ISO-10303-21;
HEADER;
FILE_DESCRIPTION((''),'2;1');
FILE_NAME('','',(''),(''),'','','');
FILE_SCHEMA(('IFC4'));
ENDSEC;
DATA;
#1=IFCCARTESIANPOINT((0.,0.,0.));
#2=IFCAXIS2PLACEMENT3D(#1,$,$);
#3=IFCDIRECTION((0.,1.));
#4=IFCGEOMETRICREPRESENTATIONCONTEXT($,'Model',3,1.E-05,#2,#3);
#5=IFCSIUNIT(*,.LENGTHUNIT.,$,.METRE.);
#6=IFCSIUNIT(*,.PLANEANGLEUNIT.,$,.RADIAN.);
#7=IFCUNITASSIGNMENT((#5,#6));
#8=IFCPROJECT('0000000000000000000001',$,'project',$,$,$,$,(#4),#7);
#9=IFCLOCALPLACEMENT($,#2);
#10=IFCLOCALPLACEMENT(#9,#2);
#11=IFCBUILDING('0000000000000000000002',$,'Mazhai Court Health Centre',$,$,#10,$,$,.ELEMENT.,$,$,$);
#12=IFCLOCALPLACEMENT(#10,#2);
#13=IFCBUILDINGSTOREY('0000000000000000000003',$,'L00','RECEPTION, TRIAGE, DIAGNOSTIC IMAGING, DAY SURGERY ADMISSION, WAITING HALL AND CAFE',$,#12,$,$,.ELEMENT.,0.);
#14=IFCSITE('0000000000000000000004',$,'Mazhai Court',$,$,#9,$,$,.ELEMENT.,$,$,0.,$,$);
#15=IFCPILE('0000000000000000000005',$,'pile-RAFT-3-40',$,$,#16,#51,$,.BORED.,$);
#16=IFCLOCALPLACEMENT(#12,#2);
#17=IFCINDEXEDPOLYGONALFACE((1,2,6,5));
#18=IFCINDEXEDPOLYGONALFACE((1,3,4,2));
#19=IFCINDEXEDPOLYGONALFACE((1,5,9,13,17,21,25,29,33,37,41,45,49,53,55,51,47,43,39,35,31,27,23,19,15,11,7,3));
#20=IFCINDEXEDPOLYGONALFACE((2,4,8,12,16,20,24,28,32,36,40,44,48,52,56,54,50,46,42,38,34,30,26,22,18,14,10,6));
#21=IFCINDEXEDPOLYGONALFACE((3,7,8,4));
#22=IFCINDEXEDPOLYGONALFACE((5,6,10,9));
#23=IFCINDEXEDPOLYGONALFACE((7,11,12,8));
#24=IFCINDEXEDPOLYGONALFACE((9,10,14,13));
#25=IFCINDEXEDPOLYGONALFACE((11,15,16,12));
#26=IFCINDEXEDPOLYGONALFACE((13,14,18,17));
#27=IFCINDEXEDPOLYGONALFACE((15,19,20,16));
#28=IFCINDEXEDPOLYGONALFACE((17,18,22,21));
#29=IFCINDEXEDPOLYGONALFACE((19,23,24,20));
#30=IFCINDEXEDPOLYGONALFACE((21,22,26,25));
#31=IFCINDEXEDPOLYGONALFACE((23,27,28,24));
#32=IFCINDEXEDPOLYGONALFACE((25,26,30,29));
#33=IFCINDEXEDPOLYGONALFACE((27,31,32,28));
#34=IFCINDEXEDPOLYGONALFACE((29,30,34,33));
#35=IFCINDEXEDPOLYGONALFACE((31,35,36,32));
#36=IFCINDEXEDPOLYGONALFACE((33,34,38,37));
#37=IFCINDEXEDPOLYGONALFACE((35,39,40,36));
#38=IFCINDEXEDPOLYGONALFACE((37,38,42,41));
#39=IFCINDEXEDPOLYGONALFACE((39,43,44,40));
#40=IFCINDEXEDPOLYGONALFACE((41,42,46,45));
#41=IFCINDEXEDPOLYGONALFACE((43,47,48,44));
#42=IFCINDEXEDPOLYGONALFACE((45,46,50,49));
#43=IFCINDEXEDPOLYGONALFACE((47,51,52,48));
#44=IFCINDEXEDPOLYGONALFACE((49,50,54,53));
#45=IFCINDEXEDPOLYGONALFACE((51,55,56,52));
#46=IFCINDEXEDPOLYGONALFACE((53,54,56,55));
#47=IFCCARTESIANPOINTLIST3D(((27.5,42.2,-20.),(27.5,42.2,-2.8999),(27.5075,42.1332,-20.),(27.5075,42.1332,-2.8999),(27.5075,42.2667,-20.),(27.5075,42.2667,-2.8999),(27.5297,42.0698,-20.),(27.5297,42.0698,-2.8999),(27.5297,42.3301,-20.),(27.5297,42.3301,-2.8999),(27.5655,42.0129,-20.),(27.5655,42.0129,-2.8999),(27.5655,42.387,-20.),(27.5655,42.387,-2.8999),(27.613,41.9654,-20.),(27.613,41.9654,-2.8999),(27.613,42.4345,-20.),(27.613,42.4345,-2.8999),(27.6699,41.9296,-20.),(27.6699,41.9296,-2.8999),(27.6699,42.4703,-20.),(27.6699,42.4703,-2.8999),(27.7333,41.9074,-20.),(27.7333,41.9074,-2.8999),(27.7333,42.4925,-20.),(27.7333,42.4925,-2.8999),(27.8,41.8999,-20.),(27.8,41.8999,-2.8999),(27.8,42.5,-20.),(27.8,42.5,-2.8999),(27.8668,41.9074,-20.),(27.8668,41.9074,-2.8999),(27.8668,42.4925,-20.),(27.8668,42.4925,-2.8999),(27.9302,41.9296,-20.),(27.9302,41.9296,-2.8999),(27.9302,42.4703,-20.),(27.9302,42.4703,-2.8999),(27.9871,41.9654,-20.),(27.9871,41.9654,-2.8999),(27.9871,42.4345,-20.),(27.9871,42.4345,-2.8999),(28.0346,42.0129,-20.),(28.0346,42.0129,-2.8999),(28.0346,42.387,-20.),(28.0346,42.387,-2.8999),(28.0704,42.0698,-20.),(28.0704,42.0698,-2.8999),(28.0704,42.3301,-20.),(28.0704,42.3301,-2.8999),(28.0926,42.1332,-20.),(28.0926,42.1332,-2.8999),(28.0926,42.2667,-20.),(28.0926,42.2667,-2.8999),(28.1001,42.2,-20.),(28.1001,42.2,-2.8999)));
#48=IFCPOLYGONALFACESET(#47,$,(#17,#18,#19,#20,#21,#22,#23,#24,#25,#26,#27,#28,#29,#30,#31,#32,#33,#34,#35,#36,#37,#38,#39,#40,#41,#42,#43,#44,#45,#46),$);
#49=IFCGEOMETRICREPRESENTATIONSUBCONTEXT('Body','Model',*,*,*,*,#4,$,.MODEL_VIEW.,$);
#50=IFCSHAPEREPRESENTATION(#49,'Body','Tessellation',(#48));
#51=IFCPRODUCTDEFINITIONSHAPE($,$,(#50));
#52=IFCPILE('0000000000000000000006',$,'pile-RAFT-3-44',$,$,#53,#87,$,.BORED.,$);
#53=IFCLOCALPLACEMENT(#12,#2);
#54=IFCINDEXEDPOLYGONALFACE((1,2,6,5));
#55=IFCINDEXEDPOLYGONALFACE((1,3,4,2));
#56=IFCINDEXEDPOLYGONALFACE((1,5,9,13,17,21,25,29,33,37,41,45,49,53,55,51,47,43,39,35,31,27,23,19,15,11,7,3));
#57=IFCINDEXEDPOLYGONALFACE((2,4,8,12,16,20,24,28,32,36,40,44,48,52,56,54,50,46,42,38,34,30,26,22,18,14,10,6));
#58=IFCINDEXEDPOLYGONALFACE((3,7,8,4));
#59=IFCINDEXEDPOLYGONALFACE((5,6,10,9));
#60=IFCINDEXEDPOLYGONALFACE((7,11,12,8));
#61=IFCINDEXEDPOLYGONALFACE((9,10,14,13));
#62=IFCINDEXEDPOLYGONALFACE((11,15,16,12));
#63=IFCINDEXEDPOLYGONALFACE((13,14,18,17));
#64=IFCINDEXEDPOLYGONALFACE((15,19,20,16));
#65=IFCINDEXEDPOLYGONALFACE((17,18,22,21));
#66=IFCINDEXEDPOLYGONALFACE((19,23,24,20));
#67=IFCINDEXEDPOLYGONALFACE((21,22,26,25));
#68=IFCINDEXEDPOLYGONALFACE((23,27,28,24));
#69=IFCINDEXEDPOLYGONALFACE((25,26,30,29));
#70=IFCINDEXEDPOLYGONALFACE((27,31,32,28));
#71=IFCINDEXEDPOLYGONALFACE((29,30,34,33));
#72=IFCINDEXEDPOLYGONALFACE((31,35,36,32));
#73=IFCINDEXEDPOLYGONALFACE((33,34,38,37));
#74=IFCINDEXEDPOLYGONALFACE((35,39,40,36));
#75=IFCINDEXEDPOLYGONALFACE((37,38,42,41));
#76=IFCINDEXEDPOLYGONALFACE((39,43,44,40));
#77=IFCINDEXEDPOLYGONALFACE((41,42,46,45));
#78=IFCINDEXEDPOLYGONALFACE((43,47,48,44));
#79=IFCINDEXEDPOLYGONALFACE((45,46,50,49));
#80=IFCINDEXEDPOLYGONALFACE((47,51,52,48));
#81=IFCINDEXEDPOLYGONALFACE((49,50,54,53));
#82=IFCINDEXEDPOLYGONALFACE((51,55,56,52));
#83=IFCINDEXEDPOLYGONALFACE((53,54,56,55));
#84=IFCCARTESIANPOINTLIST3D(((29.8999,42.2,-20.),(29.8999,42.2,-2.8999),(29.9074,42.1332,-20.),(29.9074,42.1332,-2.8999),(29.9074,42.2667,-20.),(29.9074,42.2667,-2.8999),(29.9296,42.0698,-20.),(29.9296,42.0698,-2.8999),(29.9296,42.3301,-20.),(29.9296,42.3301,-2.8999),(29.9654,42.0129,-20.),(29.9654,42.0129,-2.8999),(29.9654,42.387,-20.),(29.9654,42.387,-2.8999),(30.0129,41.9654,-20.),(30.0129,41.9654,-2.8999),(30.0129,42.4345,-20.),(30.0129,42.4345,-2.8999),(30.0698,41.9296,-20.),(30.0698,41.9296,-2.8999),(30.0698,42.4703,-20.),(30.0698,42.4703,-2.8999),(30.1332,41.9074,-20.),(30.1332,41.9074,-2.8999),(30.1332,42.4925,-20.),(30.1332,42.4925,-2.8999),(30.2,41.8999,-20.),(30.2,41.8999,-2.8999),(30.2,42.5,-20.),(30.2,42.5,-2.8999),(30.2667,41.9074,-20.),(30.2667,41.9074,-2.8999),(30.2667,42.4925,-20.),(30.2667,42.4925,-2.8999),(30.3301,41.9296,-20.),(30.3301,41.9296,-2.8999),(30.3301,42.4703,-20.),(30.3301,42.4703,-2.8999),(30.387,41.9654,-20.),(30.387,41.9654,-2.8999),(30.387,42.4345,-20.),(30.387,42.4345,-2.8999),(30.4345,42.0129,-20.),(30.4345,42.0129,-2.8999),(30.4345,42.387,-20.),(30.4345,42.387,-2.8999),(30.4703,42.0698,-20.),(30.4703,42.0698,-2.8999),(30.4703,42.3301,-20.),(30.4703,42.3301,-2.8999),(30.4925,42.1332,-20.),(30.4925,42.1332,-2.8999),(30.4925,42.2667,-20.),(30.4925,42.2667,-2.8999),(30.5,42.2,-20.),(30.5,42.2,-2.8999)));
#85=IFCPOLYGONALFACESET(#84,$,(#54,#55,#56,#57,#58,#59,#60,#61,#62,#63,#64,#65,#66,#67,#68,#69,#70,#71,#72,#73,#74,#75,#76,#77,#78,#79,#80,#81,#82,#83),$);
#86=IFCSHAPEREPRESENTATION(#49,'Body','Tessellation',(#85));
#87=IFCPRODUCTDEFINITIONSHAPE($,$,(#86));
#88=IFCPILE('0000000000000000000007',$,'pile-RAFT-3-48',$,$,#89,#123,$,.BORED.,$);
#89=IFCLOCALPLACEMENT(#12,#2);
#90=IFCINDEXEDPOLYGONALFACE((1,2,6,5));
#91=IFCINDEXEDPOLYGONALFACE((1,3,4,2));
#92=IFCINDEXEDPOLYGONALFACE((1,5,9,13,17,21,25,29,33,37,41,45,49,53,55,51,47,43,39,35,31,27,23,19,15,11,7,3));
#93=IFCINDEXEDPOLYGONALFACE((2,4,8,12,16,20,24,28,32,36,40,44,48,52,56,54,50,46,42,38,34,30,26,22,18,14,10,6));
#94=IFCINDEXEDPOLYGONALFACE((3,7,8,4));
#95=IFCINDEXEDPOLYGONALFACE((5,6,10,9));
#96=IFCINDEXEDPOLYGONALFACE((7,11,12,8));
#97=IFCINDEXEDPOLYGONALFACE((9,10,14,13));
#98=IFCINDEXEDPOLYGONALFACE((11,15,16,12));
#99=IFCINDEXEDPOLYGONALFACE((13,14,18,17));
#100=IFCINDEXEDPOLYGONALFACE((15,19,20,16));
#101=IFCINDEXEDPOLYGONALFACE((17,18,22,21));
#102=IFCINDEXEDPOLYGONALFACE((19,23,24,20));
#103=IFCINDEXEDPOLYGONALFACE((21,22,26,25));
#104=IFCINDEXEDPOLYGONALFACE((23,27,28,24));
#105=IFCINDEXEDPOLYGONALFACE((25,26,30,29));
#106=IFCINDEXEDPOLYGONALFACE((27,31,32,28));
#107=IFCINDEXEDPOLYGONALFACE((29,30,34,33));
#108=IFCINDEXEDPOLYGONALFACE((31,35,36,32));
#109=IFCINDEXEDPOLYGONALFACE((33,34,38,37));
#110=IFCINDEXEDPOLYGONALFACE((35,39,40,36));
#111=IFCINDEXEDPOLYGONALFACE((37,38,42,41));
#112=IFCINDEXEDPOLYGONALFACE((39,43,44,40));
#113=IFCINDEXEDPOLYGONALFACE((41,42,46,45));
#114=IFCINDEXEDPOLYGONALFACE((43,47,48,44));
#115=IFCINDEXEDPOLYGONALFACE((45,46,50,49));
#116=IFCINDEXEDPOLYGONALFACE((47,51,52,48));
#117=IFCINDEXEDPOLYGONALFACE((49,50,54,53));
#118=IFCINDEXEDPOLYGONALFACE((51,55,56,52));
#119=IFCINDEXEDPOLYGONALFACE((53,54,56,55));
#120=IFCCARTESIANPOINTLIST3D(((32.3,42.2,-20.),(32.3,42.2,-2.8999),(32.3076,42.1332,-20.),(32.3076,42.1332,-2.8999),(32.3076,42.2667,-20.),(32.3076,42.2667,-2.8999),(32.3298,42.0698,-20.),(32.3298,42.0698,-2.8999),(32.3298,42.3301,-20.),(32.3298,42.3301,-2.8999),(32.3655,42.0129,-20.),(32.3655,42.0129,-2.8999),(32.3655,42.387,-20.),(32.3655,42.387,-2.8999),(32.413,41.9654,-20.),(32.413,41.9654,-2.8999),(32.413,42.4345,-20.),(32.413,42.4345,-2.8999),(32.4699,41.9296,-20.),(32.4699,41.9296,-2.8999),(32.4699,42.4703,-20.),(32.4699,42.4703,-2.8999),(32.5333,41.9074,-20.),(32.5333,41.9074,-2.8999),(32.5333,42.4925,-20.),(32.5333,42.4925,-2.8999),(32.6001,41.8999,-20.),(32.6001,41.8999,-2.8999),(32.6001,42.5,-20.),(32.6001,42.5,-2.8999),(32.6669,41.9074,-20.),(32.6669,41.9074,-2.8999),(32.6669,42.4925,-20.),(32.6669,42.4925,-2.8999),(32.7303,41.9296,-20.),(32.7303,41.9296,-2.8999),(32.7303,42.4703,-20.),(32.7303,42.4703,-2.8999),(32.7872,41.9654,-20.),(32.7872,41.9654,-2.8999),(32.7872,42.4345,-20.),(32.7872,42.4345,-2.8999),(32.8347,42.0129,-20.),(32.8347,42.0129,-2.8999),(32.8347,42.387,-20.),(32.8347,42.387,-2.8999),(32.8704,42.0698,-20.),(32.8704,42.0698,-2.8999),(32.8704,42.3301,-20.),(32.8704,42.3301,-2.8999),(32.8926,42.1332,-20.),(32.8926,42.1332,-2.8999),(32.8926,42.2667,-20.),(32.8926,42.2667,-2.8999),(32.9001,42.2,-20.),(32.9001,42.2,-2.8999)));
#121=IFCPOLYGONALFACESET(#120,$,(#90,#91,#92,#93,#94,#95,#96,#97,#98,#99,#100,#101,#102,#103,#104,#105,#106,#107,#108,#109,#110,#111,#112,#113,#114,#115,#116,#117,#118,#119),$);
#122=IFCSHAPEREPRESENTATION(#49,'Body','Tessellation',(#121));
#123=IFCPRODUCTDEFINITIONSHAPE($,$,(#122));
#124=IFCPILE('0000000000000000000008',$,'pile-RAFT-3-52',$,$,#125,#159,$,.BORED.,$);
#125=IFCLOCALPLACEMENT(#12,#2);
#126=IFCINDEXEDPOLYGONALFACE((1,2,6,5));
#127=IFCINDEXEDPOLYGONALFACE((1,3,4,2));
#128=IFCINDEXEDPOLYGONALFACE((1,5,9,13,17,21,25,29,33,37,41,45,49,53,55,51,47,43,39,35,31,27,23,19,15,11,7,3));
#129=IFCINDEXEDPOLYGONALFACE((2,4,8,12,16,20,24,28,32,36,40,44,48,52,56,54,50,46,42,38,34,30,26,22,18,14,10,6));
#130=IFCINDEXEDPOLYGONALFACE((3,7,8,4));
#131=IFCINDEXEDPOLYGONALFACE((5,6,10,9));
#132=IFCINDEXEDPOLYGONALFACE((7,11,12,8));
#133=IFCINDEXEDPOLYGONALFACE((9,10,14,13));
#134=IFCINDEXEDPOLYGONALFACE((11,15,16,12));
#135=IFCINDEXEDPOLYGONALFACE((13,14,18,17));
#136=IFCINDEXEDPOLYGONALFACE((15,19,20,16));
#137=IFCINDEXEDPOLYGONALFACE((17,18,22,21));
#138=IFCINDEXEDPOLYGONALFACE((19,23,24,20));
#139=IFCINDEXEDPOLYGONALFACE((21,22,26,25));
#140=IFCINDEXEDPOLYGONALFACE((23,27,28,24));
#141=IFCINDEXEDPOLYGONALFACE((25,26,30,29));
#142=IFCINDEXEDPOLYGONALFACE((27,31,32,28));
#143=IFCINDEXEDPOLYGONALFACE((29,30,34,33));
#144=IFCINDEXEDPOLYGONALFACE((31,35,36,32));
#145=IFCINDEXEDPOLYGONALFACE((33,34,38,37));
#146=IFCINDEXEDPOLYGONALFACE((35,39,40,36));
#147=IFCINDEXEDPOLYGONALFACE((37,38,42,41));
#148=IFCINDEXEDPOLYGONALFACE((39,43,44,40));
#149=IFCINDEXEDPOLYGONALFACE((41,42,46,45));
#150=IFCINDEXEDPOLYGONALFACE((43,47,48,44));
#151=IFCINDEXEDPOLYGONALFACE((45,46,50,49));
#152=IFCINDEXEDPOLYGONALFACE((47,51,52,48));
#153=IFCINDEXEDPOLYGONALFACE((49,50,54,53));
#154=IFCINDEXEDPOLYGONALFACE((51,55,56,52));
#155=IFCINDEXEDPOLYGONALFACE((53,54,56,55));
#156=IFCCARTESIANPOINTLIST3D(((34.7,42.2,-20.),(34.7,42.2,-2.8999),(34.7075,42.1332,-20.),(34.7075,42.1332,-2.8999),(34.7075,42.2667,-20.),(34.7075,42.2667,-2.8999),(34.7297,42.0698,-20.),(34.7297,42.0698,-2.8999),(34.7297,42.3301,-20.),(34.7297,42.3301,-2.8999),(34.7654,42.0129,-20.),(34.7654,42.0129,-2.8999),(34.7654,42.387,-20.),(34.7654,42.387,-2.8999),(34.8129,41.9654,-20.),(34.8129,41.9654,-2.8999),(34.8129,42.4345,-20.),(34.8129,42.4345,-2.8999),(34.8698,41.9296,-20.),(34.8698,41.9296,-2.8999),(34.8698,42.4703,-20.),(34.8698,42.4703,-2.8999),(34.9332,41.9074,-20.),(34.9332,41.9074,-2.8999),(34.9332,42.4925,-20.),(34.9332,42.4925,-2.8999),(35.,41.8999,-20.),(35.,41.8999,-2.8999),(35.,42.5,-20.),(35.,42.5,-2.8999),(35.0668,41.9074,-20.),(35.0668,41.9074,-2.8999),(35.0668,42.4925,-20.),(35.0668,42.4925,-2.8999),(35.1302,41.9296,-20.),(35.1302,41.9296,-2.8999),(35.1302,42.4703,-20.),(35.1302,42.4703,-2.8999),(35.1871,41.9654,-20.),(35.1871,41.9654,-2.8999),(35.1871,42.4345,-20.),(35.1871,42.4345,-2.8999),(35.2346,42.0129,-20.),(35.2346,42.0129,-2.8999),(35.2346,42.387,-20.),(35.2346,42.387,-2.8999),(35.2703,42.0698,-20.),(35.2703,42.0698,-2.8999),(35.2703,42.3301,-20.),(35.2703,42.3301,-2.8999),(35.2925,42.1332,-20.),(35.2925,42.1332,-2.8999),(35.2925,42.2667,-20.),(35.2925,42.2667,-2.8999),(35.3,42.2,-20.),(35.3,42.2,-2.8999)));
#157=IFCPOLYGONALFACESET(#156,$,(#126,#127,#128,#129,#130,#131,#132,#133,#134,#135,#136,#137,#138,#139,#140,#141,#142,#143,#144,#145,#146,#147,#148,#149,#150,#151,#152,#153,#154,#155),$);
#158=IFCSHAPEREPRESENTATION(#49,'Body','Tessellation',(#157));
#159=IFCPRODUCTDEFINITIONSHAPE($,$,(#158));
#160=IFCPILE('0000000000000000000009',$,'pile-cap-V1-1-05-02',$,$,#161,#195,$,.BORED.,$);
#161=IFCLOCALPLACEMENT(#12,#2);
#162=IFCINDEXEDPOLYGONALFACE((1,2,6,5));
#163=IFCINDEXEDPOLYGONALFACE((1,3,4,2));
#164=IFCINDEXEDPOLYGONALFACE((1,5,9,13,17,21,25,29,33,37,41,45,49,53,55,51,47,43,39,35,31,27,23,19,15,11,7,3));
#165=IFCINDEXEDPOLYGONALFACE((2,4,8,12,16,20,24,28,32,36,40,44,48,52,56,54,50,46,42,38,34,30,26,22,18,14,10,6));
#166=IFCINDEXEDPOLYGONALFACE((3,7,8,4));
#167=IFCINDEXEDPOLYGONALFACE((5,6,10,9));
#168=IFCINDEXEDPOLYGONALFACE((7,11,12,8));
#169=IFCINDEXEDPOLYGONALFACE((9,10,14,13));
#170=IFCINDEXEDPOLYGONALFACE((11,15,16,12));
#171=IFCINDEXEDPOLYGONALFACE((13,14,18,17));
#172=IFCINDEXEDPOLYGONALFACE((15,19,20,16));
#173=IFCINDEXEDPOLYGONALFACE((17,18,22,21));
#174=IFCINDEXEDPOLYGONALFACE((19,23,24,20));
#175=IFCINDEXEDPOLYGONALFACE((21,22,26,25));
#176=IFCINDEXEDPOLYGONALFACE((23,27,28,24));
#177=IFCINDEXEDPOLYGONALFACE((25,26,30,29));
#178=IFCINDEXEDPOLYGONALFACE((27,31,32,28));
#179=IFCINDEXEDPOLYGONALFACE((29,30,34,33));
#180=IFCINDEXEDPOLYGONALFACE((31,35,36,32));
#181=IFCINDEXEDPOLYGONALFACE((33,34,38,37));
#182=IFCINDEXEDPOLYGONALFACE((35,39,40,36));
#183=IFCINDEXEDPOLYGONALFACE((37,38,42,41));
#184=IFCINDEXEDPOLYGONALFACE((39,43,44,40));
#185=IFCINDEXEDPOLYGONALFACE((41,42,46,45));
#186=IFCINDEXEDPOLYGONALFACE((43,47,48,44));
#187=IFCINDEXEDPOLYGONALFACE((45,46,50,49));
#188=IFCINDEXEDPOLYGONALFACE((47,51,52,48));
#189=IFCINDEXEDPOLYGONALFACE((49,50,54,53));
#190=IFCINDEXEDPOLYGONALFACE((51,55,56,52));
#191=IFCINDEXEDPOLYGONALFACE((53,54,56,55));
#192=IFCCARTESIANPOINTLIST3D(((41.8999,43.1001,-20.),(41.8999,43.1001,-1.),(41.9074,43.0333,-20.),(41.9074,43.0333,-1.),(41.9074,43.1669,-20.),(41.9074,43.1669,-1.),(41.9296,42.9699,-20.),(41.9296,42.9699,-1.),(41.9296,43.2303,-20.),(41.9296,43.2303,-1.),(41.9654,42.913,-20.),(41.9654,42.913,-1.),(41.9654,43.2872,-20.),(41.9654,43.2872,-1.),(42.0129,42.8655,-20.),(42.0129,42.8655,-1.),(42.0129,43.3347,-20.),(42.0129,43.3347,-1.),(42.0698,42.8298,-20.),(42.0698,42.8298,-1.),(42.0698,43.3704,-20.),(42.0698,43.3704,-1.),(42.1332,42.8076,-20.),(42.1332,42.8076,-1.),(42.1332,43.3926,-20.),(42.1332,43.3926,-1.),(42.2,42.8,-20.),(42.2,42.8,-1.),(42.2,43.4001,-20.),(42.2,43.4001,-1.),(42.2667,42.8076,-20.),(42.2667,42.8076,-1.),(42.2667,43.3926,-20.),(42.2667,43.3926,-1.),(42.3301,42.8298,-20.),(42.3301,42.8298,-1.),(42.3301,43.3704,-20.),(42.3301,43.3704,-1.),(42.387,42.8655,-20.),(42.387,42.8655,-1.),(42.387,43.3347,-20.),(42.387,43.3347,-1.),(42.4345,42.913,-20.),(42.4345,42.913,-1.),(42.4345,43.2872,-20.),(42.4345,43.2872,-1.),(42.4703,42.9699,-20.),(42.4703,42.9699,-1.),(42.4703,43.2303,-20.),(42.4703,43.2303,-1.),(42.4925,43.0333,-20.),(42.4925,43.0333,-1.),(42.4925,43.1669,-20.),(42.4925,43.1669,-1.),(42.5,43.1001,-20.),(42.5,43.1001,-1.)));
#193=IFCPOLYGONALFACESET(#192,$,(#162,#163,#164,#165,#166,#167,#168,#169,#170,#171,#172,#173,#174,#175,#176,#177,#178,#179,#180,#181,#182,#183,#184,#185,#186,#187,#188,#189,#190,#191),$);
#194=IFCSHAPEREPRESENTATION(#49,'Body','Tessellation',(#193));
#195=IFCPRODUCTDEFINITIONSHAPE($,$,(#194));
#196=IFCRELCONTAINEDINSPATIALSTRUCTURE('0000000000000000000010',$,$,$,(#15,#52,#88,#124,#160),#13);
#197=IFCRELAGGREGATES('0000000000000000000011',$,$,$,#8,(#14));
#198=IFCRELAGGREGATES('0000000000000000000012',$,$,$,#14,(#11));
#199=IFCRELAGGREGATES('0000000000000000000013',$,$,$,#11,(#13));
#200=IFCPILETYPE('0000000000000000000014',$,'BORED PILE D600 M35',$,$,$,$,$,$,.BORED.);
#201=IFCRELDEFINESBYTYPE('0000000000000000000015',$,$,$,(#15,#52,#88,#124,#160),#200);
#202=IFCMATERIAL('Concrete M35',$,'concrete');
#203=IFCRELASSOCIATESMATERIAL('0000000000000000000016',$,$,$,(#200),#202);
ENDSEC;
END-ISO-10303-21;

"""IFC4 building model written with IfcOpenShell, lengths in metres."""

from ifc_helpers import new_model, si_unit, direction, frame, origin, origin_2d, place, context, subcontext, project, spatial, circle, extrude, material, material_profile, profile_set, type_object, element, save


model = new_model("IFC4")

# Units and contexts
model_context = context("Model", 3, precision=1e-05, world=origin(), true_north=direction((0.0, 1.0)))
body_context = subcontext(model_context, "Body", "Model", "MODEL_VIEW")
ifc_project = project(units=[si_unit("LENGTHUNIT", "METRE"), si_unit("PLANEANGLEUNIT", "RADIAN")], contexts=[model_context])

# Site, building, storey
site_placement = place(None, origin())
site = spatial("IfcSite", under=ifc_project, at=site_placement, Name="Mazhai Court", CompositionType="ELEMENT", RefElevation=0.0)
building_placement = place(site_placement, origin())
building = spatial("IfcBuilding", under=site, at=building_placement, Name="Mazhai Court Health Centre", CompositionType="ELEMENT")
storey_placement = place(building_placement, origin())
storey = spatial("IfcBuildingStorey", under=building, at=storey_placement, Name="L00", Description="RECEPTION, TRIAGE, DIAGNOSTIC IMAGING, DAY SURGERY ADMISSION, WAITING HALL AND CAFE", CompositionType="ELEMENT", Elevation=0.0)

# Piles
ifc_material_1 = material(Name="Concrete M35", Category="concrete")
ifc_material_profile_1 = material_profile(ifc_material_1, circle(Radius=0.3, at=origin_2d()), Name="RC PILE D600")
ifc_profile_set_1 = profile_set([ifc_material_profile_1], Name="Concrete M35")
pile_type = type_object("IfcPileType", Name="BORED PILE D600 M35", PredefinedType="BORED", material=ifc_profile_set_1)
for number, where, z_axis, x_axis, name in (
    (1, (27.8, 42.2, -2.8999), (0.0, 0.0, -1.0), (1.0, 0.0, 0.0), "pile-RAFT-3-40"),
    (2, (30.2, 42.2, -2.8999), (0.0, 0.0, -1.0), (1.0, 0.0, 0.0), "pile-RAFT-3-44"),
    (3, (32.6001, 42.2, -2.8999), (0.0, 0.0, -1.0), (1.0, 0.0, 0.0), "pile-RAFT-3-48"),
    (4, (35.0, 42.2, -2.8999), (0.0, 0.0, -1.0), (1.0, 0.0, 0.0), "pile-RAFT-3-52"),
):
    element("IfcPile", number, at=place(storey_placement, frame(where, z_axis=z_axis, x_axis=x_axis)), inside=storey, type_object=pile_type, Name=name, PredefinedType="BORED", context=body_context, shape_type="SweptSolid", body=[
        extrude(circle(Radius=0.3, at=origin_2d()), origin(), (0.0, 0.0, 1.0), 17.1001),
    ])
for number, where, z_axis, x_axis, name in (
    (5, (42.2, 43.1001, -1.0), (0.0, 0.0, -1.0), (1.0, 0.0, 0.0), "pile-cap-V1-1-05-02"),
):
    element("IfcPile", number, at=place(storey_placement, frame(where, z_axis=z_axis, x_axis=x_axis)), inside=storey, type_object=pile_type, Name=name, PredefinedType="BORED", context=body_context, shape_type="SweptSolid", body=[
        extrude(circle(Radius=0.3, at=origin_2d()), origin(), (0.0, 0.0, 1.0), 19.0),
    ])

save(model, "model.ifc")
